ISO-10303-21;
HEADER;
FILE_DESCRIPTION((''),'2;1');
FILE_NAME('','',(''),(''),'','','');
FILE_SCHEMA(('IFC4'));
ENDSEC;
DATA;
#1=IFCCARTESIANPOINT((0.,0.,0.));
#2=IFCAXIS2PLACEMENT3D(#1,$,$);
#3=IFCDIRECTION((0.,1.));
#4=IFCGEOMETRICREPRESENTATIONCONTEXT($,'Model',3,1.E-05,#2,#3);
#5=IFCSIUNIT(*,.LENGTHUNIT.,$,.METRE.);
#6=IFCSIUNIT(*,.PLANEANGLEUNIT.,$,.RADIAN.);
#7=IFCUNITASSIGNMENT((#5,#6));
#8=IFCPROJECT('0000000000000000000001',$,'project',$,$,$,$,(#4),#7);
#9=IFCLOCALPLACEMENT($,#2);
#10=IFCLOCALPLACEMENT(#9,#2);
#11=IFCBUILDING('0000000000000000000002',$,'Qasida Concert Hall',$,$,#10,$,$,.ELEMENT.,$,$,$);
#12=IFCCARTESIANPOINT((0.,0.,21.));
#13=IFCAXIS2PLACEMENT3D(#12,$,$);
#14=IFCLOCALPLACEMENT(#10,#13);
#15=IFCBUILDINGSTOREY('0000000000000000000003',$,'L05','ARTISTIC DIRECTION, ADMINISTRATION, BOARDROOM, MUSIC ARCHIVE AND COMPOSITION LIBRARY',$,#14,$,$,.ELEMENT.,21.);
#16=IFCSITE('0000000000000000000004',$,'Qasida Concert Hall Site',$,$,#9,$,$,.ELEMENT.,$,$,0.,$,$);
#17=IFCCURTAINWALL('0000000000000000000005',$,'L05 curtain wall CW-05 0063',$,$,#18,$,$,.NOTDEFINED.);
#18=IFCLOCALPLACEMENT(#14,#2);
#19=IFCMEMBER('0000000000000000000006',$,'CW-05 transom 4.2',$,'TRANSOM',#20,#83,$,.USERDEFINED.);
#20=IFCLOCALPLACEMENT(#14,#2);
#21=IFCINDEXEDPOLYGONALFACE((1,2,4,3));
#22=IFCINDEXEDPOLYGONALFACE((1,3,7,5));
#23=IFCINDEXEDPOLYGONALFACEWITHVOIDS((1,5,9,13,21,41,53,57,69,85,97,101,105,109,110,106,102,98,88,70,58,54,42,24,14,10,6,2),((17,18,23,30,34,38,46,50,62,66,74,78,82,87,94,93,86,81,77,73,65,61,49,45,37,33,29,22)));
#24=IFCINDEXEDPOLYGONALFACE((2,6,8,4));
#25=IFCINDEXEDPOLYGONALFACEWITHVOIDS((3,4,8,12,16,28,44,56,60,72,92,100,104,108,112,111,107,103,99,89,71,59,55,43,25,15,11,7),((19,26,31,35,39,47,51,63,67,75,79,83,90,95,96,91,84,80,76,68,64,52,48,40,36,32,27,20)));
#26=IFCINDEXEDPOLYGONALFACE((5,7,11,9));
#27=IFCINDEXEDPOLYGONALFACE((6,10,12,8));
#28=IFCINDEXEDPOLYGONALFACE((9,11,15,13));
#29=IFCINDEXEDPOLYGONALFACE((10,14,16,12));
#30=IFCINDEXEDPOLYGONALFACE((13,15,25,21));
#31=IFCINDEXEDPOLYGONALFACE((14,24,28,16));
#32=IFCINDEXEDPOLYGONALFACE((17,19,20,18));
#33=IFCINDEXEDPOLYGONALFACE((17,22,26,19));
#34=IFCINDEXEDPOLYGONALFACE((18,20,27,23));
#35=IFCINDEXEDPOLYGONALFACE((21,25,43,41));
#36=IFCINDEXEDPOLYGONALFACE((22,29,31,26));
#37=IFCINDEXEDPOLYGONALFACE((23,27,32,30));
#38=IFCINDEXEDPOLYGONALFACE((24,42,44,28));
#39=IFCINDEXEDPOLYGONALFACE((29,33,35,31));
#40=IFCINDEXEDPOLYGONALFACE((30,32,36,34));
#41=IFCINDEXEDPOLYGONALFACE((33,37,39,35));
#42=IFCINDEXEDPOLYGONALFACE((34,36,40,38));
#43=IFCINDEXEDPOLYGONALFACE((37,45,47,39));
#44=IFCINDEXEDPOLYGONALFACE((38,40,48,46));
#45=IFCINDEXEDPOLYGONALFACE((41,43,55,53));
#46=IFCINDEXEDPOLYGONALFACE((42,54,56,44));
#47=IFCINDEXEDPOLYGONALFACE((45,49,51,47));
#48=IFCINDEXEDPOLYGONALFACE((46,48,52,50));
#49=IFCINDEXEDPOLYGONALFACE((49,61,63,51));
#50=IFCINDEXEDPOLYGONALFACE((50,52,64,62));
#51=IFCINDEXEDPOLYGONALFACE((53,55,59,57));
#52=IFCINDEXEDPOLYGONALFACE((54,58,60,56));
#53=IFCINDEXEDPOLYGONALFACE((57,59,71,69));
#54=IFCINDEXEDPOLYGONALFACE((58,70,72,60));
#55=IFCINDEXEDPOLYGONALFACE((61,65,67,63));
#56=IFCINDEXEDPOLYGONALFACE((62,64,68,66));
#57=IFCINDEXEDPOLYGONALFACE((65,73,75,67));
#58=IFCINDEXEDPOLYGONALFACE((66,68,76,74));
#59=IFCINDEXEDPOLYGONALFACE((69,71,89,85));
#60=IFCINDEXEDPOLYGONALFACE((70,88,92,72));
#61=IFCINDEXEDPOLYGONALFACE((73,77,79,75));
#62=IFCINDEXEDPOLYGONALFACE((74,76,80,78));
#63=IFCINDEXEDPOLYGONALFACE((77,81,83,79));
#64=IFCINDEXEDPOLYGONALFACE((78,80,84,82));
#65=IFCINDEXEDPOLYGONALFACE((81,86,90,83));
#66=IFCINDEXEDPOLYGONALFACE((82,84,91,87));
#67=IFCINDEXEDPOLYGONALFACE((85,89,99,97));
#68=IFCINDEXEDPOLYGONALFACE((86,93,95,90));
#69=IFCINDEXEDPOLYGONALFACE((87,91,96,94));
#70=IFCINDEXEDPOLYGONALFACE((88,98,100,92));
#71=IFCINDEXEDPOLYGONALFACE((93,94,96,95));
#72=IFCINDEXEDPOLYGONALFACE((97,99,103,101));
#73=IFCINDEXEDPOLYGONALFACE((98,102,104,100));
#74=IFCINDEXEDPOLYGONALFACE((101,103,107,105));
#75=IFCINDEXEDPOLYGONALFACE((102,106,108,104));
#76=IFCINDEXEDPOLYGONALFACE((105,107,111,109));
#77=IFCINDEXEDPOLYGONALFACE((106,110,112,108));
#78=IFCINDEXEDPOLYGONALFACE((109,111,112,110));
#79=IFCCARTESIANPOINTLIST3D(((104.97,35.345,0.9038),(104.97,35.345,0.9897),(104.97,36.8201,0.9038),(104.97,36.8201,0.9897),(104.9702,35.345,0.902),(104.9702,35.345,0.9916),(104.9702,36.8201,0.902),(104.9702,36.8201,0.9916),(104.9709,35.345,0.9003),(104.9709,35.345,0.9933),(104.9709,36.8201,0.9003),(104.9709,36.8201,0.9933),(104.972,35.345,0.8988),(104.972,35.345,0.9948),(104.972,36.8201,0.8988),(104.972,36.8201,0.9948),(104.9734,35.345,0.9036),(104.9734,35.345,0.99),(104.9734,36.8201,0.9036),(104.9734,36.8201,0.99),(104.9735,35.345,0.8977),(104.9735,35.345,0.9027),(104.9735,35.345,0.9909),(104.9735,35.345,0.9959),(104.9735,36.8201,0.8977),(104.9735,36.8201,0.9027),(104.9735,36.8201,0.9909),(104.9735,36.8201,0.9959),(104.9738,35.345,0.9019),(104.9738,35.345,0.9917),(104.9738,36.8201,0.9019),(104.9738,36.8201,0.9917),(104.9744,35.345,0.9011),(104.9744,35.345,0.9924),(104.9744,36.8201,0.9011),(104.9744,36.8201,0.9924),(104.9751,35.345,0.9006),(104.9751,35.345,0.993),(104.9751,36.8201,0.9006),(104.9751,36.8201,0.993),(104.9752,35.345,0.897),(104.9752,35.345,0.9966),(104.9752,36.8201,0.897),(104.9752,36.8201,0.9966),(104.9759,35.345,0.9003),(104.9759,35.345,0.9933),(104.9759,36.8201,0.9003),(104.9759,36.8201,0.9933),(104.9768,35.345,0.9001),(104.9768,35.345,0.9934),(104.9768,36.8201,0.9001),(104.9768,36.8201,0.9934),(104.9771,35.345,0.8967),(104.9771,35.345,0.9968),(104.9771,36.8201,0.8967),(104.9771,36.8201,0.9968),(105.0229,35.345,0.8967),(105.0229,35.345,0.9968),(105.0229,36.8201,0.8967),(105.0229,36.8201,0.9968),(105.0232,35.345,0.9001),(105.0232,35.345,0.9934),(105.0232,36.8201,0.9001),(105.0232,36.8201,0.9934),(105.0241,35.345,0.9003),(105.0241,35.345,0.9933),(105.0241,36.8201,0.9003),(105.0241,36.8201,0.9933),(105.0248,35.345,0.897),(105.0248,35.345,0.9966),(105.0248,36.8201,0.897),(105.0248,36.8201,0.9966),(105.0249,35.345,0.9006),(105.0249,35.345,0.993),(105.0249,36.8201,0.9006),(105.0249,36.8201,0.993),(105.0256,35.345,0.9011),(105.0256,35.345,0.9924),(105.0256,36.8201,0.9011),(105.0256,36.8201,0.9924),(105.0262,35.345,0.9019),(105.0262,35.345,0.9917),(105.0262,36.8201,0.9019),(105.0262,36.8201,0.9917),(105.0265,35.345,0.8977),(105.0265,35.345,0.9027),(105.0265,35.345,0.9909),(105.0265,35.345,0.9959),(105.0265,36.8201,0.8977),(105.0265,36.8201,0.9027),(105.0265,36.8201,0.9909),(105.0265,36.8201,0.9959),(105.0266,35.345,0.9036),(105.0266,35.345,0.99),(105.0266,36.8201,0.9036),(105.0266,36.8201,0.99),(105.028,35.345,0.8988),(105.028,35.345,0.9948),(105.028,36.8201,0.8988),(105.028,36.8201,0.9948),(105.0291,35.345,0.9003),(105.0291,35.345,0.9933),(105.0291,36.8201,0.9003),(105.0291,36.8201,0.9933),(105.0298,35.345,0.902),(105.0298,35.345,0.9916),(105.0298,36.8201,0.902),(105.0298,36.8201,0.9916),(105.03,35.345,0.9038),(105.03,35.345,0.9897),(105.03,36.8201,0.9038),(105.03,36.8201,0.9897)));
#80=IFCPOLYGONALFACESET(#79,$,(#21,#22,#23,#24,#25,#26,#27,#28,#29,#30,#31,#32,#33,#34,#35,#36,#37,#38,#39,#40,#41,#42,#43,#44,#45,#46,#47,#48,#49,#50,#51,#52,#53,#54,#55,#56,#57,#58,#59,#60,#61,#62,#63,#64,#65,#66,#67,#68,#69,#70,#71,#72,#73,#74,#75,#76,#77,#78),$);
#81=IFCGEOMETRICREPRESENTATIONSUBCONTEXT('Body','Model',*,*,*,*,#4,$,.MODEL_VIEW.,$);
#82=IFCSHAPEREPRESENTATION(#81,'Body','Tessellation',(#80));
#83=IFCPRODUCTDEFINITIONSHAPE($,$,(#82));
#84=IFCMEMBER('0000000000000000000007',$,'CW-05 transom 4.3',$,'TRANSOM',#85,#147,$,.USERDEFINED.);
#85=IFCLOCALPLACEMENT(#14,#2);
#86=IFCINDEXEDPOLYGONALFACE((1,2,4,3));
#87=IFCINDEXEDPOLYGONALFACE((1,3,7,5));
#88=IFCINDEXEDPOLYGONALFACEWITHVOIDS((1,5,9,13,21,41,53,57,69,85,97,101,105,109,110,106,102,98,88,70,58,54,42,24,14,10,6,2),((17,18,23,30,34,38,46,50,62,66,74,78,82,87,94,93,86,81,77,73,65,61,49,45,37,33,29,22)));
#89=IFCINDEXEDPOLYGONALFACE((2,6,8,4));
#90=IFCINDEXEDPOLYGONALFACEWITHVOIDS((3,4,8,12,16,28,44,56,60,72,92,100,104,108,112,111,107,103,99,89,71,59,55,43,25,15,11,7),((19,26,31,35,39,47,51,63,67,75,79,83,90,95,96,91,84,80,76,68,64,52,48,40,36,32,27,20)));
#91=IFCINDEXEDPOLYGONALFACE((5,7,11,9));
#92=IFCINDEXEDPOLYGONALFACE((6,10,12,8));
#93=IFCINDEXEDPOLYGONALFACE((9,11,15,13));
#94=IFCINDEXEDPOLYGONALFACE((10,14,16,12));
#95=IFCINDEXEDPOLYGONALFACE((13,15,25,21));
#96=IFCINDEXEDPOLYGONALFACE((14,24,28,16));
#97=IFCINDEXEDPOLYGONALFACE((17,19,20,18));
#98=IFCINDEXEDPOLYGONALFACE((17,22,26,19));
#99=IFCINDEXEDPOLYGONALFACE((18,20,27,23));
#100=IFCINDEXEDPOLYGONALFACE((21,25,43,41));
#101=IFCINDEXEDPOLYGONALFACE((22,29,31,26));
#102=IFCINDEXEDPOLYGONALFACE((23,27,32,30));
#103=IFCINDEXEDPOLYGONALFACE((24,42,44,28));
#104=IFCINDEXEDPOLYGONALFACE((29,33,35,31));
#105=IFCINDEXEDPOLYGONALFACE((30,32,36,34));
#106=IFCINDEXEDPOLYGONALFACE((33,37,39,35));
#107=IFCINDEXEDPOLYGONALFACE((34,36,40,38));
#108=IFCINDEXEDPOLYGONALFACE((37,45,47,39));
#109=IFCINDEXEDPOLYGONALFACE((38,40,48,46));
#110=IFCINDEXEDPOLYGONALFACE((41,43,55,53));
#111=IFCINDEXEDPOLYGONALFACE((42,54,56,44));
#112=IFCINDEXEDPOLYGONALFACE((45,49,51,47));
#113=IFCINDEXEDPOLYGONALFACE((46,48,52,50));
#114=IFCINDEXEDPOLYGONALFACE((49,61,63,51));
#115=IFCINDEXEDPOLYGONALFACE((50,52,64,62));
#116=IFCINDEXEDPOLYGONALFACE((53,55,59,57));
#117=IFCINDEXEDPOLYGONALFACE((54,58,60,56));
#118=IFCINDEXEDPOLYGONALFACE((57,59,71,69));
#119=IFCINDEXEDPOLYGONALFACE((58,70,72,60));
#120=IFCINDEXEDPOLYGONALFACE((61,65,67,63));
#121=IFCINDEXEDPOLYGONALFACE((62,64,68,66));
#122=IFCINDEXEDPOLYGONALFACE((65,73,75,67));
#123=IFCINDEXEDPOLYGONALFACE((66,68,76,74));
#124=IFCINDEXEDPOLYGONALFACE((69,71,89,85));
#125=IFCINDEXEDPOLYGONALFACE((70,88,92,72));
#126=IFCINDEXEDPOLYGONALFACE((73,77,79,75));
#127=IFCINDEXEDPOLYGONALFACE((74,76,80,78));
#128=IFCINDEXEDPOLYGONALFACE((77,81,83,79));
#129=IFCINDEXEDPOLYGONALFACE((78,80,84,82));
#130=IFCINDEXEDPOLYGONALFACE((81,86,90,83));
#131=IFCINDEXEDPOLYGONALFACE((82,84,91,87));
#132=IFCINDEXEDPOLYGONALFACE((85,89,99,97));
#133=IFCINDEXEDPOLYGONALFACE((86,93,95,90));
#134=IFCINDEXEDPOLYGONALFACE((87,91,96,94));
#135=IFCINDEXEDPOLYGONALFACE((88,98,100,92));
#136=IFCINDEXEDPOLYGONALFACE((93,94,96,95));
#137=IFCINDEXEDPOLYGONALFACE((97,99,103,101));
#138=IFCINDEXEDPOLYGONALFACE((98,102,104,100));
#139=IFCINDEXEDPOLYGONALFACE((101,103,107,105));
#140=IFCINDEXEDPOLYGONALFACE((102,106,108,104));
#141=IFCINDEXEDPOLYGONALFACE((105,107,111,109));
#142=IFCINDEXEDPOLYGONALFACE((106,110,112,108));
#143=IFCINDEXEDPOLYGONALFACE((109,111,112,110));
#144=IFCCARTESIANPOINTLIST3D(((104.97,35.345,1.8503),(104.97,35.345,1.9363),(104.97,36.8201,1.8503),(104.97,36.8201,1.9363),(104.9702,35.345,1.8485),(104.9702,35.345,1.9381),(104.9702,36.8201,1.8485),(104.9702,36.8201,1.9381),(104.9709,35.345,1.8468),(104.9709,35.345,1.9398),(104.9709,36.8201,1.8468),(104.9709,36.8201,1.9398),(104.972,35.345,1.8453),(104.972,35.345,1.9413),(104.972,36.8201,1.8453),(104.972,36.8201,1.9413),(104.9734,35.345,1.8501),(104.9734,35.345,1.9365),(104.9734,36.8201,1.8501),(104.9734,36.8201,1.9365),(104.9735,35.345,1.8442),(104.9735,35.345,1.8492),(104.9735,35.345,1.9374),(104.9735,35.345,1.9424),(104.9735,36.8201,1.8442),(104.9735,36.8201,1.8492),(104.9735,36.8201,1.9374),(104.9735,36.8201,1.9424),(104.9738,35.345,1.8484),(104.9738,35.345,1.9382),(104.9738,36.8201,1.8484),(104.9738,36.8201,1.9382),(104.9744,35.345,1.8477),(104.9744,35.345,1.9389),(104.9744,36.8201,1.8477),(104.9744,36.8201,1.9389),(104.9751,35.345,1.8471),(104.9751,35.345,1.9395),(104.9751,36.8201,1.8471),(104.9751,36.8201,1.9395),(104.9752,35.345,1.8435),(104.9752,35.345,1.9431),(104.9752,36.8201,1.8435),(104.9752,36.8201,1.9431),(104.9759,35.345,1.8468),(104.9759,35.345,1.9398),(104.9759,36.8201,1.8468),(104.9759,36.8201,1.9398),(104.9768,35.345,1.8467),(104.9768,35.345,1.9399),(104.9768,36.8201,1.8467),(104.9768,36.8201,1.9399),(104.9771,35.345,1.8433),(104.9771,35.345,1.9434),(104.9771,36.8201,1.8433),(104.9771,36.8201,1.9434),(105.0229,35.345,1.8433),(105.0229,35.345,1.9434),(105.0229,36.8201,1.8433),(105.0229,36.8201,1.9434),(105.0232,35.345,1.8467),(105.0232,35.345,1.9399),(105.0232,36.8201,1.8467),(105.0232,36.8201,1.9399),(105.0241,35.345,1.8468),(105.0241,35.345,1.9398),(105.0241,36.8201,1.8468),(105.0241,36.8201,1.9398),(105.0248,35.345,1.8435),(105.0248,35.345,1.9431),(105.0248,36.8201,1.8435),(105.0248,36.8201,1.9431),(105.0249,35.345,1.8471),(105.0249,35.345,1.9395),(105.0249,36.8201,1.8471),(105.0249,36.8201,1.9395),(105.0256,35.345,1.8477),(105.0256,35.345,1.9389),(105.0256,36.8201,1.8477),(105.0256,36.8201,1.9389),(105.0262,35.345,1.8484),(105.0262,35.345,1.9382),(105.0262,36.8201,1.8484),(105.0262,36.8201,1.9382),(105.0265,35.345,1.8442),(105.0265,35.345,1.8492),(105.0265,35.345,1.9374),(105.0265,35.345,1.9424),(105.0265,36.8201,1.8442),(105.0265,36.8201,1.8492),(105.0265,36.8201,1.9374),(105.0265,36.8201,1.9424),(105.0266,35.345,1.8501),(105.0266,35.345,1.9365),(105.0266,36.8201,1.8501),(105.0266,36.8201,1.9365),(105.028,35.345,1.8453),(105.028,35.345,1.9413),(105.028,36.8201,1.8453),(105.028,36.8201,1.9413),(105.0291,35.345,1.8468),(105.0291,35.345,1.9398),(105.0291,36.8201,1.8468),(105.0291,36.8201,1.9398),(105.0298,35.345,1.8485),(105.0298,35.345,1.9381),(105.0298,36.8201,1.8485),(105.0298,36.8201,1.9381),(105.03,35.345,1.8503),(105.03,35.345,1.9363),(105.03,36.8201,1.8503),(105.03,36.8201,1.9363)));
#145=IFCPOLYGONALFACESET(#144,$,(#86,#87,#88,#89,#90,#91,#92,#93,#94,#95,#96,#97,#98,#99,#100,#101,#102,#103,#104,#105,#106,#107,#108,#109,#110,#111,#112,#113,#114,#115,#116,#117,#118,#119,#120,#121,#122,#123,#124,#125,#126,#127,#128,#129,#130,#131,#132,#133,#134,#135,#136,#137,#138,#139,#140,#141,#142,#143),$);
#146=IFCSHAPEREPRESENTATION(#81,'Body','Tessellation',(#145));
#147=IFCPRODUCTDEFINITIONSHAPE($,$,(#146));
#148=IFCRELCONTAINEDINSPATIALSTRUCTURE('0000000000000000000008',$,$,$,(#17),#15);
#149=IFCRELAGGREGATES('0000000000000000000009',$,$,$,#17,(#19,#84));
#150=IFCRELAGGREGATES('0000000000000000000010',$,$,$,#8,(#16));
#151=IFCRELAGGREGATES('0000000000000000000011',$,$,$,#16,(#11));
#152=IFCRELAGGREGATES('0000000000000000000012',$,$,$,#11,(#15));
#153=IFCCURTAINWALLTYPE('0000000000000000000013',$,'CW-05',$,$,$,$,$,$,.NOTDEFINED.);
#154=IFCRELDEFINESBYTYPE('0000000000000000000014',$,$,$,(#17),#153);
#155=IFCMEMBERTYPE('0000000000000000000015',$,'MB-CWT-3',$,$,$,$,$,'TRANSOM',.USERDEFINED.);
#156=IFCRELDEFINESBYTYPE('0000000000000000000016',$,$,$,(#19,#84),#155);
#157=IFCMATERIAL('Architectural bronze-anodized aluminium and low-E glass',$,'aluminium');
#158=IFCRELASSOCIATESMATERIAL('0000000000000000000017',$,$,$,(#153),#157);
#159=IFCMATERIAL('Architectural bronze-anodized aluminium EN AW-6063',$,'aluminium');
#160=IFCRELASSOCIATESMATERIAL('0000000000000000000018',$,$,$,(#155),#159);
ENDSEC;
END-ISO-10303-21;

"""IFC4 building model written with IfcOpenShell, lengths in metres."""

from ifc_helpers import new_model, si_unit, direction, frame, origin, origin_2d, place, context, subcontext, project, spatial, hollow_rectangle, extrude, material, material_profile, profile_set, type_object, element, aggregate, save


model = new_model("IFC4")

# Units and contexts
model_context = context("Model", 3, precision=1e-05, world=origin(), true_north=direction((0.0, 1.0)))
body_context = subcontext(model_context, "Body", "Model", "MODEL_VIEW")
ifc_project = project(units=[si_unit("LENGTHUNIT", "METRE"), si_unit("PLANEANGLEUNIT", "RADIAN")], contexts=[model_context])

# Site, building, storey
site_placement = place(None, origin())
site = spatial("IfcSite", under=ifc_project, at=site_placement, Name="Qasida Concert Hall Site", CompositionType="ELEMENT", RefElevation=0.0)
building_placement = place(site_placement, origin())
building = spatial("IfcBuilding", under=site, at=building_placement, Name="Qasida Concert Hall", CompositionType="ELEMENT")
storey_placement = place(building_placement, frame((0.0, 0.0, 21.0)))
storey = spatial("IfcBuildingStorey", under=building, at=storey_placement, Name="L05", Description="ARTISTIC DIRECTION, ADMINISTRATION, BOARDROOM, MUSIC ARCHIVE AND COMPOSITION LIBRARY", CompositionType="ELEMENT", Elevation=21.0)

# Curtain wall
ifc_material_1 = material(Name="Architectural bronze-anodized aluminium and low-E glass", Category="aluminium")
curtain_wall_type = type_object("IfcCurtainWallType", Name="CW-05", PredefinedType="NOTDEFINED", material=ifc_material_1)
curtain_wall_1_placement = place(storey_placement, origin())
curtain_wall_1 = element("IfcCurtainWall", 1, at=curtain_wall_1_placement, inside=storey, type_object=curtain_wall_type, Name="L05 curtain wall CW-05 0063", PredefinedType="NOTDEFINED")
ifc_material_2 = material(Name="Architectural bronze-anodized aluminium EN AW-6063", Category="aluminium")

# Members
ifc_material_profile_1 = material_profile(ifc_material_2, hollow_rectangle(XDim=0.0601, YDim=0.1001, WallThickness=0.0034, InnerFilletRadius=0.0034, OuterFilletRadius=0.0071, at=origin_2d()), Name="CWT 100x60x3.5")
ifc_profile_set_1 = profile_set([ifc_material_profile_1], Name="Architectural bronze-anodized aluminium EN AW-6063")
member_type_1 = type_object("IfcMemberType", Name="MB-CWT-3", ElementType="TRANSOM", PredefinedType="USERDEFINED", material=ifc_profile_set_1)
member_1_placement = place(storey_placement, frame((105.0, 35.345, 0.9468), z_axis=(0.0, 1.0, 0.0), x_axis=(-1.0, 0.0, 0.0)))
member_1 = element("IfcMember", 2, at=member_1_placement, type_object=member_type_1, Name="CW-05 transom 4.2", ObjectType="TRANSOM", PredefinedType="USERDEFINED", context=body_context, shape_type="SweptSolid", body=[
    extrude(hollow_rectangle(XDim=0.0601, YDim=0.1001, WallThickness=0.0034, InnerFilletRadius=0.0034, OuterFilletRadius=0.0071, at=origin_2d()), origin(), (0.0, 0.0, 1.0), 1.4751),
])
member_2_placement = place(storey_placement, frame((105.0, 35.345, 1.8933), z_axis=(0.0, 1.0, 0.0), x_axis=(-1.0, 0.0, 0.0)))
member_2 = element("IfcMember", 3, at=member_2_placement, type_object=member_type_1, Name="CW-05 transom 4.3", ObjectType="TRANSOM", PredefinedType="USERDEFINED", context=body_context, shape_type="SweptSolid", body=[
    extrude(hollow_rectangle(XDim=0.0601, YDim=0.1001, WallThickness=0.0034, InnerFilletRadius=0.0034, OuterFilletRadius=0.0071, at=origin_2d()), origin(), (0.0, 0.0, 1.0), 1.4751),
])

aggregate(curtain_wall_1, [member_1, member_2])

save(model, "model.ifc")
